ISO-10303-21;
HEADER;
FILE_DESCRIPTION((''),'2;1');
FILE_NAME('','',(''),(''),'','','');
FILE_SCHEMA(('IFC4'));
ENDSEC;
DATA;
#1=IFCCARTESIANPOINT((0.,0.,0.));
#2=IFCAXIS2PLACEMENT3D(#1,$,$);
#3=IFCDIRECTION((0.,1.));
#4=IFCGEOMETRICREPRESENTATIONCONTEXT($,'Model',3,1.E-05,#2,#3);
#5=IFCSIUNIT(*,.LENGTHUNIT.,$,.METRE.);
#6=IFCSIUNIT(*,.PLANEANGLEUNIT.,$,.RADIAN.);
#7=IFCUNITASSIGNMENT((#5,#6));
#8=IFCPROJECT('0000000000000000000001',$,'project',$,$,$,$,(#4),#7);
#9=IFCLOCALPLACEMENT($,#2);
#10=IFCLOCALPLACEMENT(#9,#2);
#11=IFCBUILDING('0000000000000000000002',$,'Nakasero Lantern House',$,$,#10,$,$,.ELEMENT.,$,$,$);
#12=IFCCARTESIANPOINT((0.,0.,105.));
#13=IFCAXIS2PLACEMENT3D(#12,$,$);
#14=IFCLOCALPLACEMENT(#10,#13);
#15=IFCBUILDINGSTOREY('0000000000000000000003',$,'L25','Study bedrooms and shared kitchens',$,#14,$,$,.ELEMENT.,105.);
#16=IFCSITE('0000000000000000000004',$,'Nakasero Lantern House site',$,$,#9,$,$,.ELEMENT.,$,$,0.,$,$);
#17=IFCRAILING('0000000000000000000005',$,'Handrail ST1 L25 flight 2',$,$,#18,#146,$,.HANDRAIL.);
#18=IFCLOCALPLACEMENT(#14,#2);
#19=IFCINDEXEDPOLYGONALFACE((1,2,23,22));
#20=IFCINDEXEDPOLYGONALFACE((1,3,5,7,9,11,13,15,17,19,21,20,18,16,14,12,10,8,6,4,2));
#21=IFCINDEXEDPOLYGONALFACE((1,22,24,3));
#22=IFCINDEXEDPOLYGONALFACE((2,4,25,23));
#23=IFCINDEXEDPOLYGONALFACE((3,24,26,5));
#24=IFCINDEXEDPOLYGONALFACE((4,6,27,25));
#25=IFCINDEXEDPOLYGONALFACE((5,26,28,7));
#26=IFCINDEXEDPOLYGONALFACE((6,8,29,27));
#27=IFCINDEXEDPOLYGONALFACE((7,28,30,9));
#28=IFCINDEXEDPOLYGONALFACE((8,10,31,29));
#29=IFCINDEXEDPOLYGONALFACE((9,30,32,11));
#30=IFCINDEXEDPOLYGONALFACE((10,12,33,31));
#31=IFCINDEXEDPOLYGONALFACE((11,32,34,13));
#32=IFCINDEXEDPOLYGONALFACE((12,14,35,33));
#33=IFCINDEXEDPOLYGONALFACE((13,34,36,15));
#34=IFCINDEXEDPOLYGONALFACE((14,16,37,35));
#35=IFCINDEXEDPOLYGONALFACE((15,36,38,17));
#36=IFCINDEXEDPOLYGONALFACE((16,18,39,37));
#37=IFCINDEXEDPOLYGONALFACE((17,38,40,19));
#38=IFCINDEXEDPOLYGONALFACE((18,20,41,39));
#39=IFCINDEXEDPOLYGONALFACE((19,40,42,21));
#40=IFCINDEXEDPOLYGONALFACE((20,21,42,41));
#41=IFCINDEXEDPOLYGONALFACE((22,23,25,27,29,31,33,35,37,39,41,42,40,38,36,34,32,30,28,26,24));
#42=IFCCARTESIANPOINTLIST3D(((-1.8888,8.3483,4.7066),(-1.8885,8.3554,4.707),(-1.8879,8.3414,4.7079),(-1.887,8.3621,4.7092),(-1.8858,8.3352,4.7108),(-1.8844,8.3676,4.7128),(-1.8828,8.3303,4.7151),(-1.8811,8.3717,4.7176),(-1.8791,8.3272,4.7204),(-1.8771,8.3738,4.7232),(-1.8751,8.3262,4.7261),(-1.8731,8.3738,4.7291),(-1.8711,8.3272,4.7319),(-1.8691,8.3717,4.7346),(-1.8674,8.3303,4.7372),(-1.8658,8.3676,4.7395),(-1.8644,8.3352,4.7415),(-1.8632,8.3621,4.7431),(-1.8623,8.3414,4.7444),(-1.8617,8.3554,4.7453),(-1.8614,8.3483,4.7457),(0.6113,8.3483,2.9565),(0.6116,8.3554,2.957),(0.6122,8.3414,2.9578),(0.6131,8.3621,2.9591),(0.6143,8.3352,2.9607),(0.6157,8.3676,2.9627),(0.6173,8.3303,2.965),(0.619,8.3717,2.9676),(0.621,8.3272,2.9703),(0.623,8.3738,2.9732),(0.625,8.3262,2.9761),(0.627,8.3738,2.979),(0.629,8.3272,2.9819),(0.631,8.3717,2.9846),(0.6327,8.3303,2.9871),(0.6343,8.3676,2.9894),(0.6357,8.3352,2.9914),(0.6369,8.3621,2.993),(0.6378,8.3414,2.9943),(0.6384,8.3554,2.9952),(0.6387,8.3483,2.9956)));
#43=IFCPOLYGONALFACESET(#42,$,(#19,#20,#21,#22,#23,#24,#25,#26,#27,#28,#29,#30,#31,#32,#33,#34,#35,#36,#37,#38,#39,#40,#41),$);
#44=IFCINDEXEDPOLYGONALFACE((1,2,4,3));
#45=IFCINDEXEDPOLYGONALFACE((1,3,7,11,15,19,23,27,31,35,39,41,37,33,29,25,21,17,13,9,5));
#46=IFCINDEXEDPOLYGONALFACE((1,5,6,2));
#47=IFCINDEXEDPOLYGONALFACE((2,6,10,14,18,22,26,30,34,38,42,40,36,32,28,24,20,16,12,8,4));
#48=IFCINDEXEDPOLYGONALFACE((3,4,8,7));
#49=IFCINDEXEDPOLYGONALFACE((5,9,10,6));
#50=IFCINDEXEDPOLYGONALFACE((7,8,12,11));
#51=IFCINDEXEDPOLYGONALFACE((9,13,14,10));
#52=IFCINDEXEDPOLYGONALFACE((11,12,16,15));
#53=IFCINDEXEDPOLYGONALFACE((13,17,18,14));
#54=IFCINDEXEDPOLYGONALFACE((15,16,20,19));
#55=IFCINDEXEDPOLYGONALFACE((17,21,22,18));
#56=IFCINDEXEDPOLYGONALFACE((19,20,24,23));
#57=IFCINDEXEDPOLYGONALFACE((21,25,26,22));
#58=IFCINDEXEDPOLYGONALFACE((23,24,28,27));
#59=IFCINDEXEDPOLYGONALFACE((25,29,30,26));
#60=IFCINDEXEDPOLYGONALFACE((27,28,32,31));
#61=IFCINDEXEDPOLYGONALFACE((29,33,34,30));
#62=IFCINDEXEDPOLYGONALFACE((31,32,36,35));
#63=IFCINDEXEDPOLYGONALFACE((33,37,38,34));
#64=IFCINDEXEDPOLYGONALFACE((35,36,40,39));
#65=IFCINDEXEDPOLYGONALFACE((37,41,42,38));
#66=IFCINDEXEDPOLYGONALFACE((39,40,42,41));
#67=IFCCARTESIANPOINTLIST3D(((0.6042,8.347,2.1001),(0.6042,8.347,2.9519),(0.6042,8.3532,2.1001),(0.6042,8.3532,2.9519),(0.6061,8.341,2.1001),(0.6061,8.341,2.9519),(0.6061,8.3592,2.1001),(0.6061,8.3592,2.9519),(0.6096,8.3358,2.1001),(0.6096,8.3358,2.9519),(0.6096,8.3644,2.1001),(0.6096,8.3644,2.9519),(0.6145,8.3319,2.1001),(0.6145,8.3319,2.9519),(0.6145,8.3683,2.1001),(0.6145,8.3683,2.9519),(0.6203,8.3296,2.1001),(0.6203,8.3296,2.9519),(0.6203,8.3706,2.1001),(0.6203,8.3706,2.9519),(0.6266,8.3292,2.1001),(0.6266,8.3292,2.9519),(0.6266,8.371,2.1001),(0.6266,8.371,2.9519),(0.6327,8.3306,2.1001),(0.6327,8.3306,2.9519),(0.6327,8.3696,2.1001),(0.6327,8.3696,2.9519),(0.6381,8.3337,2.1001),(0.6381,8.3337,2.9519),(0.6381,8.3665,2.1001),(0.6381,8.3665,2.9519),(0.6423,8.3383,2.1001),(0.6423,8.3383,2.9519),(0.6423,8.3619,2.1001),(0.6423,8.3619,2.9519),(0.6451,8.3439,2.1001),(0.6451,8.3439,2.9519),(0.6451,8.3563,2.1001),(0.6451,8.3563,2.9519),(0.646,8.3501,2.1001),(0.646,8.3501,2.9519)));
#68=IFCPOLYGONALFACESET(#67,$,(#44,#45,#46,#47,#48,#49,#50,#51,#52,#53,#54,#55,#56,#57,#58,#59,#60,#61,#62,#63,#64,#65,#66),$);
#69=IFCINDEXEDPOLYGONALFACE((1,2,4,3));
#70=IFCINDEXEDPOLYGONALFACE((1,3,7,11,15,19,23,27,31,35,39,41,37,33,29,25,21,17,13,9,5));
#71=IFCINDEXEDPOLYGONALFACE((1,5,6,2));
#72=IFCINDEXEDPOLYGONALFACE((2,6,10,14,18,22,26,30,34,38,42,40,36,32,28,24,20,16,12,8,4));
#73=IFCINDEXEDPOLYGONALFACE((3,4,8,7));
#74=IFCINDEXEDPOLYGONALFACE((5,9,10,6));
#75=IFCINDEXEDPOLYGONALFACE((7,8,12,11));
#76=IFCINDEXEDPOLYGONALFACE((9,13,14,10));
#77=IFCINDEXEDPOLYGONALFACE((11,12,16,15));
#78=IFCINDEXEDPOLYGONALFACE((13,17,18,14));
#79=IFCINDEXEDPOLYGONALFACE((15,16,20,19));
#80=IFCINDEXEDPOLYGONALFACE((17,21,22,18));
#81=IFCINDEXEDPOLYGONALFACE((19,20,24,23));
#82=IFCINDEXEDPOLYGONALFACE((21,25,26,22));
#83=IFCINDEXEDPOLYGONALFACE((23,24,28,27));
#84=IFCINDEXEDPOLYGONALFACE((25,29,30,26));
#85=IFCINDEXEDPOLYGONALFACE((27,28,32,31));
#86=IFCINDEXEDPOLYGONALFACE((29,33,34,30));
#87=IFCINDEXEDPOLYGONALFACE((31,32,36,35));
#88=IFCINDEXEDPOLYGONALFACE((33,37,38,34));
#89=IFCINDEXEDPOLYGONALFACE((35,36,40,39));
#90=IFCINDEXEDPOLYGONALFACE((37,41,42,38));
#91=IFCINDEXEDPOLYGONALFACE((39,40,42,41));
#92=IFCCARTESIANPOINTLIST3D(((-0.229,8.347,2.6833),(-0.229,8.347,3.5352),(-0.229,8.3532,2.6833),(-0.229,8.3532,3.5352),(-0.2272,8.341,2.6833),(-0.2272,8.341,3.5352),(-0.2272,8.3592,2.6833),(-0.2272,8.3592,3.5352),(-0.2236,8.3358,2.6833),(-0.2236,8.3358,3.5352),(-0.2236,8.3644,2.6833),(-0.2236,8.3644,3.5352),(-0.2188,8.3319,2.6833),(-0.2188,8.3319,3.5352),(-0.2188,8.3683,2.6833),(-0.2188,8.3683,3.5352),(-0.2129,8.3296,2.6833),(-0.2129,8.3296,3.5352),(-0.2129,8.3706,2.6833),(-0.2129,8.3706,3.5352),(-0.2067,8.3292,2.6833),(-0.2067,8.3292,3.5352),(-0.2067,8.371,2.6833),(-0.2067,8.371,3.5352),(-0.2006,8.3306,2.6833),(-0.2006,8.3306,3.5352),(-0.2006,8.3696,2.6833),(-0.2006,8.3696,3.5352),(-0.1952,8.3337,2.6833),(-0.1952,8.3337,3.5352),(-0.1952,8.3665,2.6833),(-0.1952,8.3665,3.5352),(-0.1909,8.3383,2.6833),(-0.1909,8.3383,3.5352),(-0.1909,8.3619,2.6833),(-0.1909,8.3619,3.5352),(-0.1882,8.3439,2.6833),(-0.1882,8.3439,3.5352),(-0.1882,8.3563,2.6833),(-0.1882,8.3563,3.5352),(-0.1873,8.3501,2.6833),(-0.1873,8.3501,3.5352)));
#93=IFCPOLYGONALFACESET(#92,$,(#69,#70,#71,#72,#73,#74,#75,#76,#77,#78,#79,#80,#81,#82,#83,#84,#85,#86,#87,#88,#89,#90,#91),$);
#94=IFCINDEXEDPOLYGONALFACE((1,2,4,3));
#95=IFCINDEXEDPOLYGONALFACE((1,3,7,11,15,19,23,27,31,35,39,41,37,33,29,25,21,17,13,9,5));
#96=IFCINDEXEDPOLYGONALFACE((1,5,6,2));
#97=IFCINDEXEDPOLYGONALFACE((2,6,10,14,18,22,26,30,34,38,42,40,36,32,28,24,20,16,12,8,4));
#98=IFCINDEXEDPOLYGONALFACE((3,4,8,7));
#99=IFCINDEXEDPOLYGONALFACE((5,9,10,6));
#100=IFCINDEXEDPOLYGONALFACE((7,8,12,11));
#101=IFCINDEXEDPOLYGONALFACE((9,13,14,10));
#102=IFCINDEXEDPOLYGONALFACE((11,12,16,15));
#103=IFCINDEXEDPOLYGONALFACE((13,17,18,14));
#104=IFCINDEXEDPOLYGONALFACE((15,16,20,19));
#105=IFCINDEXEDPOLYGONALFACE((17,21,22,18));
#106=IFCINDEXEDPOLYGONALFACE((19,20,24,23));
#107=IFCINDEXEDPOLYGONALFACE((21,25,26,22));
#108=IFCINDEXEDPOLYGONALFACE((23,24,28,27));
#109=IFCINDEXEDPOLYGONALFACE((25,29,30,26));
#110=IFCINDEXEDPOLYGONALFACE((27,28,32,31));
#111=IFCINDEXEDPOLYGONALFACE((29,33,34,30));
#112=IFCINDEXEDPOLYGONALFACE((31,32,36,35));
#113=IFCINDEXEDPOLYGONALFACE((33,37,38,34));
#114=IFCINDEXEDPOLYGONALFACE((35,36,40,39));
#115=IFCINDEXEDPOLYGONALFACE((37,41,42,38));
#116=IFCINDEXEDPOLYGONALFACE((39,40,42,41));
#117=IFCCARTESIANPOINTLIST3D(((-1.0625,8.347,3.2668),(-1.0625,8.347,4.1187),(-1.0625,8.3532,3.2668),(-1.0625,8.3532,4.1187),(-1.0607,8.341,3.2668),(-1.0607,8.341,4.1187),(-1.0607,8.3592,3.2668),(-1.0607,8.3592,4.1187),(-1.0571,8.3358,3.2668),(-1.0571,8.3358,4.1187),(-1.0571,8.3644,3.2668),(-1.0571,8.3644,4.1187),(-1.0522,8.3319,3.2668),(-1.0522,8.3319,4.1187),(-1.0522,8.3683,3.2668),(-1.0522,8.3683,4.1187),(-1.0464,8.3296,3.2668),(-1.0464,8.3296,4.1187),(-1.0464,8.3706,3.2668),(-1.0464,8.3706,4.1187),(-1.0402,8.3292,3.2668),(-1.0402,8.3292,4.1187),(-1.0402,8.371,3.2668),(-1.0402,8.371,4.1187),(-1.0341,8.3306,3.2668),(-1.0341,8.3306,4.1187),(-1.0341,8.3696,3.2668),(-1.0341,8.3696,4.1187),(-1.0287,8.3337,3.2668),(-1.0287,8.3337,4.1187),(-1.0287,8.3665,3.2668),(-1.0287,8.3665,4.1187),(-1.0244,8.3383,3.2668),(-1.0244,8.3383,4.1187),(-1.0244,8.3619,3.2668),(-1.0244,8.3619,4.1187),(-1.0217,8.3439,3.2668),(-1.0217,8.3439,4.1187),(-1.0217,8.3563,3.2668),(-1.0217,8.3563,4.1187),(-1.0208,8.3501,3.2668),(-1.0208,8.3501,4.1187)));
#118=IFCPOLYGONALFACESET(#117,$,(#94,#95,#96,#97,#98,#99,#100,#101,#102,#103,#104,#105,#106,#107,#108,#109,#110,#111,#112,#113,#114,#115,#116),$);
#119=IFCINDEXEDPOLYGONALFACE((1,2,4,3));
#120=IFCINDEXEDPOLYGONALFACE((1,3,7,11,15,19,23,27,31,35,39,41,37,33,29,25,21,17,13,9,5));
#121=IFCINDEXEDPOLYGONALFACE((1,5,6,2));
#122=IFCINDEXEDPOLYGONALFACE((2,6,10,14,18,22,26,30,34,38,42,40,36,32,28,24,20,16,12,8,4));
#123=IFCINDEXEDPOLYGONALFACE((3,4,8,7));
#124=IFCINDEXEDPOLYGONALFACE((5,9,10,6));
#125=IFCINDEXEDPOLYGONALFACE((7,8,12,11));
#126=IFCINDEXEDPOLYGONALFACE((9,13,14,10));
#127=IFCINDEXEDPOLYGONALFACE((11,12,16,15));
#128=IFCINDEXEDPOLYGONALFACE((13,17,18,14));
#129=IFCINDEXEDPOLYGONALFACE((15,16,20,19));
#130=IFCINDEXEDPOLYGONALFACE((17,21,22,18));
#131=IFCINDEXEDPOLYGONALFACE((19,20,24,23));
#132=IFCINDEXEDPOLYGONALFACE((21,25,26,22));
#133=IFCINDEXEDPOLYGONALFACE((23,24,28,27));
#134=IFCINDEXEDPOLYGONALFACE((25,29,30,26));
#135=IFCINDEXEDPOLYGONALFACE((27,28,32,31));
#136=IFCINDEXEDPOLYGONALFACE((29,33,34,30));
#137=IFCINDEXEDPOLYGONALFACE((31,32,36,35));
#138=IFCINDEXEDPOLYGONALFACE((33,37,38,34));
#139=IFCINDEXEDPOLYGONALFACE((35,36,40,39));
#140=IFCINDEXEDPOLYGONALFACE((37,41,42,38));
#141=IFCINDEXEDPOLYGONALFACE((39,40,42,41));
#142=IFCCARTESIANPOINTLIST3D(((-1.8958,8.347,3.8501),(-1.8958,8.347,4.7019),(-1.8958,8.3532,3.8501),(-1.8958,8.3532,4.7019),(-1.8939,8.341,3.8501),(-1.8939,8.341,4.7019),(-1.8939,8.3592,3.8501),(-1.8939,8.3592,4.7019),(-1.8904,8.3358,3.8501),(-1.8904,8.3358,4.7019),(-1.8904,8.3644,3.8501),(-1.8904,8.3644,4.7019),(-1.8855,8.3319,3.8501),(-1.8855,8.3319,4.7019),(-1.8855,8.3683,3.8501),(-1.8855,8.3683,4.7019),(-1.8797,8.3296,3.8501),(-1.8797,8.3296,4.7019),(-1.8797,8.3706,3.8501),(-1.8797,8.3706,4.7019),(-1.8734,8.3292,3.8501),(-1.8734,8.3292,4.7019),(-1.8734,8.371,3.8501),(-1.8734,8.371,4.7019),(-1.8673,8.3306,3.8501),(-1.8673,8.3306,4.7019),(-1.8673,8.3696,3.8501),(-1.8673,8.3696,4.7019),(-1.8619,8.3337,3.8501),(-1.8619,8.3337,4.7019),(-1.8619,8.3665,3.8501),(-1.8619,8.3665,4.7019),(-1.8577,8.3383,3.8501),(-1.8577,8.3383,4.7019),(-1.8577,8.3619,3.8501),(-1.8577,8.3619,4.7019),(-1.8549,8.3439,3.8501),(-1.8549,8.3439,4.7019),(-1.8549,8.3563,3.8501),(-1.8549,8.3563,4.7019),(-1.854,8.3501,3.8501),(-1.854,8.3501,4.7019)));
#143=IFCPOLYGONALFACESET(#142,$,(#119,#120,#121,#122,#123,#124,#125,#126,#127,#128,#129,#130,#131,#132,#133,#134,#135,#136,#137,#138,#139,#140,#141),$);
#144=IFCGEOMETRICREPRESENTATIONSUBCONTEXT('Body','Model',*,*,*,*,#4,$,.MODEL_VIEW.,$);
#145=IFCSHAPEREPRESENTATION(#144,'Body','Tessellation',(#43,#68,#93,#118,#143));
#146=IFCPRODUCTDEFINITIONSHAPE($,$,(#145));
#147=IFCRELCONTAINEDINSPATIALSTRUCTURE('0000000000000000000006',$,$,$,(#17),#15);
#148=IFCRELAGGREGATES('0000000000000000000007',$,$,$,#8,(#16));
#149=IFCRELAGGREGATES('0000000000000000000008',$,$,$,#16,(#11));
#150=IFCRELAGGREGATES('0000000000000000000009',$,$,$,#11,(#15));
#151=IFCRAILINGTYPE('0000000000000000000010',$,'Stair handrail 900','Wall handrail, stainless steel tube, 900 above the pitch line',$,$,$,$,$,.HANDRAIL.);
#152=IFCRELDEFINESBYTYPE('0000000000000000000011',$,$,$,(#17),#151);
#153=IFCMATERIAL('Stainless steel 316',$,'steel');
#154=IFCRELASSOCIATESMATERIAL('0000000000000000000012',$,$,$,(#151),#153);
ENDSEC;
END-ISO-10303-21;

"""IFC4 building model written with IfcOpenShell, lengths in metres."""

from ifc_helpers import new_model, si_unit, direction, frame, origin, origin_2d, place, context, subcontext, project, spatial, circle, extrude, material, type_object, element, save


model = new_model("IFC4")

# Units and contexts
model_context = context("Model", 3, precision=1e-05, world=origin(), true_north=direction((0.0, 1.0)))
body_context = subcontext(model_context, "Body", "Model", "MODEL_VIEW")
ifc_project = project(units=[si_unit("LENGTHUNIT", "METRE"), si_unit("PLANEANGLEUNIT", "RADIAN")], contexts=[model_context])

# Site, building, storey
site_placement = place(None, origin())
site = spatial("IfcSite", under=ifc_project, at=site_placement, Name="Nakasero Lantern House site", CompositionType="ELEMENT", RefElevation=0.0)
building_placement = place(site_placement, origin())
building = spatial("IfcBuilding", under=site, at=building_placement, Name="Nakasero Lantern House", CompositionType="ELEMENT")
storey_placement = place(building_placement, frame((0.0, 0.0, 105.0)))
storey = spatial("IfcBuildingStorey", under=building, at=storey_placement, Name="L25", Description="Study bedrooms and shared kitchens", CompositionType="ELEMENT", Elevation=105.0)

# Railing
ifc_material_1 = material(Name="Stainless steel 316", Category="steel")
railing_type = type_object("IfcRailingType", Name="Stair handrail 900", Description="Wall handrail, stainless steel tube, 900 above the pitch line", PredefinedType="HANDRAIL", material=ifc_material_1)
railing_placement = place(storey_placement, frame((0.625, 8.3501, 2.1001)))
element("IfcRailing", 1, at=railing_placement, inside=storey, type_object=railing_type, Name="Handrail ST1 L25 flight 2", PredefinedType="HANDRAIL", context=body_context, shape_type="SweptSolid", body=[
    extrude(circle(Radius=0.0239, at=origin_2d()), frame((0.0, 0.0, 0.876), z_axis=(-0.819232, 0.0, 0.573462), x_axis=(0.0, -1.0, 0.0)), (0.0, 0.0, 1.0), 3.0518),
    extrude(circle(Radius=0.021, at=origin_2d()), origin(), (0.0, 0.0, 1.0), 0.8518),
    extrude(circle(Radius=0.021, at=origin_2d()), frame((-0.8333, 0.0, 0.5833)), (0.0, 0.0, 1.0), 0.8518),
    extrude(circle(Radius=0.021, at=origin_2d()), frame((-1.6667, 0.0, 1.1667)), (0.0, 0.0, 1.0), 0.8518),
    extrude(circle(Radius=0.021, at=origin_2d()), frame((-2.5, 0.0, 1.75)), (0.0, 0.0, 1.0), 0.8518),
])

save(model, "model.ifc")
